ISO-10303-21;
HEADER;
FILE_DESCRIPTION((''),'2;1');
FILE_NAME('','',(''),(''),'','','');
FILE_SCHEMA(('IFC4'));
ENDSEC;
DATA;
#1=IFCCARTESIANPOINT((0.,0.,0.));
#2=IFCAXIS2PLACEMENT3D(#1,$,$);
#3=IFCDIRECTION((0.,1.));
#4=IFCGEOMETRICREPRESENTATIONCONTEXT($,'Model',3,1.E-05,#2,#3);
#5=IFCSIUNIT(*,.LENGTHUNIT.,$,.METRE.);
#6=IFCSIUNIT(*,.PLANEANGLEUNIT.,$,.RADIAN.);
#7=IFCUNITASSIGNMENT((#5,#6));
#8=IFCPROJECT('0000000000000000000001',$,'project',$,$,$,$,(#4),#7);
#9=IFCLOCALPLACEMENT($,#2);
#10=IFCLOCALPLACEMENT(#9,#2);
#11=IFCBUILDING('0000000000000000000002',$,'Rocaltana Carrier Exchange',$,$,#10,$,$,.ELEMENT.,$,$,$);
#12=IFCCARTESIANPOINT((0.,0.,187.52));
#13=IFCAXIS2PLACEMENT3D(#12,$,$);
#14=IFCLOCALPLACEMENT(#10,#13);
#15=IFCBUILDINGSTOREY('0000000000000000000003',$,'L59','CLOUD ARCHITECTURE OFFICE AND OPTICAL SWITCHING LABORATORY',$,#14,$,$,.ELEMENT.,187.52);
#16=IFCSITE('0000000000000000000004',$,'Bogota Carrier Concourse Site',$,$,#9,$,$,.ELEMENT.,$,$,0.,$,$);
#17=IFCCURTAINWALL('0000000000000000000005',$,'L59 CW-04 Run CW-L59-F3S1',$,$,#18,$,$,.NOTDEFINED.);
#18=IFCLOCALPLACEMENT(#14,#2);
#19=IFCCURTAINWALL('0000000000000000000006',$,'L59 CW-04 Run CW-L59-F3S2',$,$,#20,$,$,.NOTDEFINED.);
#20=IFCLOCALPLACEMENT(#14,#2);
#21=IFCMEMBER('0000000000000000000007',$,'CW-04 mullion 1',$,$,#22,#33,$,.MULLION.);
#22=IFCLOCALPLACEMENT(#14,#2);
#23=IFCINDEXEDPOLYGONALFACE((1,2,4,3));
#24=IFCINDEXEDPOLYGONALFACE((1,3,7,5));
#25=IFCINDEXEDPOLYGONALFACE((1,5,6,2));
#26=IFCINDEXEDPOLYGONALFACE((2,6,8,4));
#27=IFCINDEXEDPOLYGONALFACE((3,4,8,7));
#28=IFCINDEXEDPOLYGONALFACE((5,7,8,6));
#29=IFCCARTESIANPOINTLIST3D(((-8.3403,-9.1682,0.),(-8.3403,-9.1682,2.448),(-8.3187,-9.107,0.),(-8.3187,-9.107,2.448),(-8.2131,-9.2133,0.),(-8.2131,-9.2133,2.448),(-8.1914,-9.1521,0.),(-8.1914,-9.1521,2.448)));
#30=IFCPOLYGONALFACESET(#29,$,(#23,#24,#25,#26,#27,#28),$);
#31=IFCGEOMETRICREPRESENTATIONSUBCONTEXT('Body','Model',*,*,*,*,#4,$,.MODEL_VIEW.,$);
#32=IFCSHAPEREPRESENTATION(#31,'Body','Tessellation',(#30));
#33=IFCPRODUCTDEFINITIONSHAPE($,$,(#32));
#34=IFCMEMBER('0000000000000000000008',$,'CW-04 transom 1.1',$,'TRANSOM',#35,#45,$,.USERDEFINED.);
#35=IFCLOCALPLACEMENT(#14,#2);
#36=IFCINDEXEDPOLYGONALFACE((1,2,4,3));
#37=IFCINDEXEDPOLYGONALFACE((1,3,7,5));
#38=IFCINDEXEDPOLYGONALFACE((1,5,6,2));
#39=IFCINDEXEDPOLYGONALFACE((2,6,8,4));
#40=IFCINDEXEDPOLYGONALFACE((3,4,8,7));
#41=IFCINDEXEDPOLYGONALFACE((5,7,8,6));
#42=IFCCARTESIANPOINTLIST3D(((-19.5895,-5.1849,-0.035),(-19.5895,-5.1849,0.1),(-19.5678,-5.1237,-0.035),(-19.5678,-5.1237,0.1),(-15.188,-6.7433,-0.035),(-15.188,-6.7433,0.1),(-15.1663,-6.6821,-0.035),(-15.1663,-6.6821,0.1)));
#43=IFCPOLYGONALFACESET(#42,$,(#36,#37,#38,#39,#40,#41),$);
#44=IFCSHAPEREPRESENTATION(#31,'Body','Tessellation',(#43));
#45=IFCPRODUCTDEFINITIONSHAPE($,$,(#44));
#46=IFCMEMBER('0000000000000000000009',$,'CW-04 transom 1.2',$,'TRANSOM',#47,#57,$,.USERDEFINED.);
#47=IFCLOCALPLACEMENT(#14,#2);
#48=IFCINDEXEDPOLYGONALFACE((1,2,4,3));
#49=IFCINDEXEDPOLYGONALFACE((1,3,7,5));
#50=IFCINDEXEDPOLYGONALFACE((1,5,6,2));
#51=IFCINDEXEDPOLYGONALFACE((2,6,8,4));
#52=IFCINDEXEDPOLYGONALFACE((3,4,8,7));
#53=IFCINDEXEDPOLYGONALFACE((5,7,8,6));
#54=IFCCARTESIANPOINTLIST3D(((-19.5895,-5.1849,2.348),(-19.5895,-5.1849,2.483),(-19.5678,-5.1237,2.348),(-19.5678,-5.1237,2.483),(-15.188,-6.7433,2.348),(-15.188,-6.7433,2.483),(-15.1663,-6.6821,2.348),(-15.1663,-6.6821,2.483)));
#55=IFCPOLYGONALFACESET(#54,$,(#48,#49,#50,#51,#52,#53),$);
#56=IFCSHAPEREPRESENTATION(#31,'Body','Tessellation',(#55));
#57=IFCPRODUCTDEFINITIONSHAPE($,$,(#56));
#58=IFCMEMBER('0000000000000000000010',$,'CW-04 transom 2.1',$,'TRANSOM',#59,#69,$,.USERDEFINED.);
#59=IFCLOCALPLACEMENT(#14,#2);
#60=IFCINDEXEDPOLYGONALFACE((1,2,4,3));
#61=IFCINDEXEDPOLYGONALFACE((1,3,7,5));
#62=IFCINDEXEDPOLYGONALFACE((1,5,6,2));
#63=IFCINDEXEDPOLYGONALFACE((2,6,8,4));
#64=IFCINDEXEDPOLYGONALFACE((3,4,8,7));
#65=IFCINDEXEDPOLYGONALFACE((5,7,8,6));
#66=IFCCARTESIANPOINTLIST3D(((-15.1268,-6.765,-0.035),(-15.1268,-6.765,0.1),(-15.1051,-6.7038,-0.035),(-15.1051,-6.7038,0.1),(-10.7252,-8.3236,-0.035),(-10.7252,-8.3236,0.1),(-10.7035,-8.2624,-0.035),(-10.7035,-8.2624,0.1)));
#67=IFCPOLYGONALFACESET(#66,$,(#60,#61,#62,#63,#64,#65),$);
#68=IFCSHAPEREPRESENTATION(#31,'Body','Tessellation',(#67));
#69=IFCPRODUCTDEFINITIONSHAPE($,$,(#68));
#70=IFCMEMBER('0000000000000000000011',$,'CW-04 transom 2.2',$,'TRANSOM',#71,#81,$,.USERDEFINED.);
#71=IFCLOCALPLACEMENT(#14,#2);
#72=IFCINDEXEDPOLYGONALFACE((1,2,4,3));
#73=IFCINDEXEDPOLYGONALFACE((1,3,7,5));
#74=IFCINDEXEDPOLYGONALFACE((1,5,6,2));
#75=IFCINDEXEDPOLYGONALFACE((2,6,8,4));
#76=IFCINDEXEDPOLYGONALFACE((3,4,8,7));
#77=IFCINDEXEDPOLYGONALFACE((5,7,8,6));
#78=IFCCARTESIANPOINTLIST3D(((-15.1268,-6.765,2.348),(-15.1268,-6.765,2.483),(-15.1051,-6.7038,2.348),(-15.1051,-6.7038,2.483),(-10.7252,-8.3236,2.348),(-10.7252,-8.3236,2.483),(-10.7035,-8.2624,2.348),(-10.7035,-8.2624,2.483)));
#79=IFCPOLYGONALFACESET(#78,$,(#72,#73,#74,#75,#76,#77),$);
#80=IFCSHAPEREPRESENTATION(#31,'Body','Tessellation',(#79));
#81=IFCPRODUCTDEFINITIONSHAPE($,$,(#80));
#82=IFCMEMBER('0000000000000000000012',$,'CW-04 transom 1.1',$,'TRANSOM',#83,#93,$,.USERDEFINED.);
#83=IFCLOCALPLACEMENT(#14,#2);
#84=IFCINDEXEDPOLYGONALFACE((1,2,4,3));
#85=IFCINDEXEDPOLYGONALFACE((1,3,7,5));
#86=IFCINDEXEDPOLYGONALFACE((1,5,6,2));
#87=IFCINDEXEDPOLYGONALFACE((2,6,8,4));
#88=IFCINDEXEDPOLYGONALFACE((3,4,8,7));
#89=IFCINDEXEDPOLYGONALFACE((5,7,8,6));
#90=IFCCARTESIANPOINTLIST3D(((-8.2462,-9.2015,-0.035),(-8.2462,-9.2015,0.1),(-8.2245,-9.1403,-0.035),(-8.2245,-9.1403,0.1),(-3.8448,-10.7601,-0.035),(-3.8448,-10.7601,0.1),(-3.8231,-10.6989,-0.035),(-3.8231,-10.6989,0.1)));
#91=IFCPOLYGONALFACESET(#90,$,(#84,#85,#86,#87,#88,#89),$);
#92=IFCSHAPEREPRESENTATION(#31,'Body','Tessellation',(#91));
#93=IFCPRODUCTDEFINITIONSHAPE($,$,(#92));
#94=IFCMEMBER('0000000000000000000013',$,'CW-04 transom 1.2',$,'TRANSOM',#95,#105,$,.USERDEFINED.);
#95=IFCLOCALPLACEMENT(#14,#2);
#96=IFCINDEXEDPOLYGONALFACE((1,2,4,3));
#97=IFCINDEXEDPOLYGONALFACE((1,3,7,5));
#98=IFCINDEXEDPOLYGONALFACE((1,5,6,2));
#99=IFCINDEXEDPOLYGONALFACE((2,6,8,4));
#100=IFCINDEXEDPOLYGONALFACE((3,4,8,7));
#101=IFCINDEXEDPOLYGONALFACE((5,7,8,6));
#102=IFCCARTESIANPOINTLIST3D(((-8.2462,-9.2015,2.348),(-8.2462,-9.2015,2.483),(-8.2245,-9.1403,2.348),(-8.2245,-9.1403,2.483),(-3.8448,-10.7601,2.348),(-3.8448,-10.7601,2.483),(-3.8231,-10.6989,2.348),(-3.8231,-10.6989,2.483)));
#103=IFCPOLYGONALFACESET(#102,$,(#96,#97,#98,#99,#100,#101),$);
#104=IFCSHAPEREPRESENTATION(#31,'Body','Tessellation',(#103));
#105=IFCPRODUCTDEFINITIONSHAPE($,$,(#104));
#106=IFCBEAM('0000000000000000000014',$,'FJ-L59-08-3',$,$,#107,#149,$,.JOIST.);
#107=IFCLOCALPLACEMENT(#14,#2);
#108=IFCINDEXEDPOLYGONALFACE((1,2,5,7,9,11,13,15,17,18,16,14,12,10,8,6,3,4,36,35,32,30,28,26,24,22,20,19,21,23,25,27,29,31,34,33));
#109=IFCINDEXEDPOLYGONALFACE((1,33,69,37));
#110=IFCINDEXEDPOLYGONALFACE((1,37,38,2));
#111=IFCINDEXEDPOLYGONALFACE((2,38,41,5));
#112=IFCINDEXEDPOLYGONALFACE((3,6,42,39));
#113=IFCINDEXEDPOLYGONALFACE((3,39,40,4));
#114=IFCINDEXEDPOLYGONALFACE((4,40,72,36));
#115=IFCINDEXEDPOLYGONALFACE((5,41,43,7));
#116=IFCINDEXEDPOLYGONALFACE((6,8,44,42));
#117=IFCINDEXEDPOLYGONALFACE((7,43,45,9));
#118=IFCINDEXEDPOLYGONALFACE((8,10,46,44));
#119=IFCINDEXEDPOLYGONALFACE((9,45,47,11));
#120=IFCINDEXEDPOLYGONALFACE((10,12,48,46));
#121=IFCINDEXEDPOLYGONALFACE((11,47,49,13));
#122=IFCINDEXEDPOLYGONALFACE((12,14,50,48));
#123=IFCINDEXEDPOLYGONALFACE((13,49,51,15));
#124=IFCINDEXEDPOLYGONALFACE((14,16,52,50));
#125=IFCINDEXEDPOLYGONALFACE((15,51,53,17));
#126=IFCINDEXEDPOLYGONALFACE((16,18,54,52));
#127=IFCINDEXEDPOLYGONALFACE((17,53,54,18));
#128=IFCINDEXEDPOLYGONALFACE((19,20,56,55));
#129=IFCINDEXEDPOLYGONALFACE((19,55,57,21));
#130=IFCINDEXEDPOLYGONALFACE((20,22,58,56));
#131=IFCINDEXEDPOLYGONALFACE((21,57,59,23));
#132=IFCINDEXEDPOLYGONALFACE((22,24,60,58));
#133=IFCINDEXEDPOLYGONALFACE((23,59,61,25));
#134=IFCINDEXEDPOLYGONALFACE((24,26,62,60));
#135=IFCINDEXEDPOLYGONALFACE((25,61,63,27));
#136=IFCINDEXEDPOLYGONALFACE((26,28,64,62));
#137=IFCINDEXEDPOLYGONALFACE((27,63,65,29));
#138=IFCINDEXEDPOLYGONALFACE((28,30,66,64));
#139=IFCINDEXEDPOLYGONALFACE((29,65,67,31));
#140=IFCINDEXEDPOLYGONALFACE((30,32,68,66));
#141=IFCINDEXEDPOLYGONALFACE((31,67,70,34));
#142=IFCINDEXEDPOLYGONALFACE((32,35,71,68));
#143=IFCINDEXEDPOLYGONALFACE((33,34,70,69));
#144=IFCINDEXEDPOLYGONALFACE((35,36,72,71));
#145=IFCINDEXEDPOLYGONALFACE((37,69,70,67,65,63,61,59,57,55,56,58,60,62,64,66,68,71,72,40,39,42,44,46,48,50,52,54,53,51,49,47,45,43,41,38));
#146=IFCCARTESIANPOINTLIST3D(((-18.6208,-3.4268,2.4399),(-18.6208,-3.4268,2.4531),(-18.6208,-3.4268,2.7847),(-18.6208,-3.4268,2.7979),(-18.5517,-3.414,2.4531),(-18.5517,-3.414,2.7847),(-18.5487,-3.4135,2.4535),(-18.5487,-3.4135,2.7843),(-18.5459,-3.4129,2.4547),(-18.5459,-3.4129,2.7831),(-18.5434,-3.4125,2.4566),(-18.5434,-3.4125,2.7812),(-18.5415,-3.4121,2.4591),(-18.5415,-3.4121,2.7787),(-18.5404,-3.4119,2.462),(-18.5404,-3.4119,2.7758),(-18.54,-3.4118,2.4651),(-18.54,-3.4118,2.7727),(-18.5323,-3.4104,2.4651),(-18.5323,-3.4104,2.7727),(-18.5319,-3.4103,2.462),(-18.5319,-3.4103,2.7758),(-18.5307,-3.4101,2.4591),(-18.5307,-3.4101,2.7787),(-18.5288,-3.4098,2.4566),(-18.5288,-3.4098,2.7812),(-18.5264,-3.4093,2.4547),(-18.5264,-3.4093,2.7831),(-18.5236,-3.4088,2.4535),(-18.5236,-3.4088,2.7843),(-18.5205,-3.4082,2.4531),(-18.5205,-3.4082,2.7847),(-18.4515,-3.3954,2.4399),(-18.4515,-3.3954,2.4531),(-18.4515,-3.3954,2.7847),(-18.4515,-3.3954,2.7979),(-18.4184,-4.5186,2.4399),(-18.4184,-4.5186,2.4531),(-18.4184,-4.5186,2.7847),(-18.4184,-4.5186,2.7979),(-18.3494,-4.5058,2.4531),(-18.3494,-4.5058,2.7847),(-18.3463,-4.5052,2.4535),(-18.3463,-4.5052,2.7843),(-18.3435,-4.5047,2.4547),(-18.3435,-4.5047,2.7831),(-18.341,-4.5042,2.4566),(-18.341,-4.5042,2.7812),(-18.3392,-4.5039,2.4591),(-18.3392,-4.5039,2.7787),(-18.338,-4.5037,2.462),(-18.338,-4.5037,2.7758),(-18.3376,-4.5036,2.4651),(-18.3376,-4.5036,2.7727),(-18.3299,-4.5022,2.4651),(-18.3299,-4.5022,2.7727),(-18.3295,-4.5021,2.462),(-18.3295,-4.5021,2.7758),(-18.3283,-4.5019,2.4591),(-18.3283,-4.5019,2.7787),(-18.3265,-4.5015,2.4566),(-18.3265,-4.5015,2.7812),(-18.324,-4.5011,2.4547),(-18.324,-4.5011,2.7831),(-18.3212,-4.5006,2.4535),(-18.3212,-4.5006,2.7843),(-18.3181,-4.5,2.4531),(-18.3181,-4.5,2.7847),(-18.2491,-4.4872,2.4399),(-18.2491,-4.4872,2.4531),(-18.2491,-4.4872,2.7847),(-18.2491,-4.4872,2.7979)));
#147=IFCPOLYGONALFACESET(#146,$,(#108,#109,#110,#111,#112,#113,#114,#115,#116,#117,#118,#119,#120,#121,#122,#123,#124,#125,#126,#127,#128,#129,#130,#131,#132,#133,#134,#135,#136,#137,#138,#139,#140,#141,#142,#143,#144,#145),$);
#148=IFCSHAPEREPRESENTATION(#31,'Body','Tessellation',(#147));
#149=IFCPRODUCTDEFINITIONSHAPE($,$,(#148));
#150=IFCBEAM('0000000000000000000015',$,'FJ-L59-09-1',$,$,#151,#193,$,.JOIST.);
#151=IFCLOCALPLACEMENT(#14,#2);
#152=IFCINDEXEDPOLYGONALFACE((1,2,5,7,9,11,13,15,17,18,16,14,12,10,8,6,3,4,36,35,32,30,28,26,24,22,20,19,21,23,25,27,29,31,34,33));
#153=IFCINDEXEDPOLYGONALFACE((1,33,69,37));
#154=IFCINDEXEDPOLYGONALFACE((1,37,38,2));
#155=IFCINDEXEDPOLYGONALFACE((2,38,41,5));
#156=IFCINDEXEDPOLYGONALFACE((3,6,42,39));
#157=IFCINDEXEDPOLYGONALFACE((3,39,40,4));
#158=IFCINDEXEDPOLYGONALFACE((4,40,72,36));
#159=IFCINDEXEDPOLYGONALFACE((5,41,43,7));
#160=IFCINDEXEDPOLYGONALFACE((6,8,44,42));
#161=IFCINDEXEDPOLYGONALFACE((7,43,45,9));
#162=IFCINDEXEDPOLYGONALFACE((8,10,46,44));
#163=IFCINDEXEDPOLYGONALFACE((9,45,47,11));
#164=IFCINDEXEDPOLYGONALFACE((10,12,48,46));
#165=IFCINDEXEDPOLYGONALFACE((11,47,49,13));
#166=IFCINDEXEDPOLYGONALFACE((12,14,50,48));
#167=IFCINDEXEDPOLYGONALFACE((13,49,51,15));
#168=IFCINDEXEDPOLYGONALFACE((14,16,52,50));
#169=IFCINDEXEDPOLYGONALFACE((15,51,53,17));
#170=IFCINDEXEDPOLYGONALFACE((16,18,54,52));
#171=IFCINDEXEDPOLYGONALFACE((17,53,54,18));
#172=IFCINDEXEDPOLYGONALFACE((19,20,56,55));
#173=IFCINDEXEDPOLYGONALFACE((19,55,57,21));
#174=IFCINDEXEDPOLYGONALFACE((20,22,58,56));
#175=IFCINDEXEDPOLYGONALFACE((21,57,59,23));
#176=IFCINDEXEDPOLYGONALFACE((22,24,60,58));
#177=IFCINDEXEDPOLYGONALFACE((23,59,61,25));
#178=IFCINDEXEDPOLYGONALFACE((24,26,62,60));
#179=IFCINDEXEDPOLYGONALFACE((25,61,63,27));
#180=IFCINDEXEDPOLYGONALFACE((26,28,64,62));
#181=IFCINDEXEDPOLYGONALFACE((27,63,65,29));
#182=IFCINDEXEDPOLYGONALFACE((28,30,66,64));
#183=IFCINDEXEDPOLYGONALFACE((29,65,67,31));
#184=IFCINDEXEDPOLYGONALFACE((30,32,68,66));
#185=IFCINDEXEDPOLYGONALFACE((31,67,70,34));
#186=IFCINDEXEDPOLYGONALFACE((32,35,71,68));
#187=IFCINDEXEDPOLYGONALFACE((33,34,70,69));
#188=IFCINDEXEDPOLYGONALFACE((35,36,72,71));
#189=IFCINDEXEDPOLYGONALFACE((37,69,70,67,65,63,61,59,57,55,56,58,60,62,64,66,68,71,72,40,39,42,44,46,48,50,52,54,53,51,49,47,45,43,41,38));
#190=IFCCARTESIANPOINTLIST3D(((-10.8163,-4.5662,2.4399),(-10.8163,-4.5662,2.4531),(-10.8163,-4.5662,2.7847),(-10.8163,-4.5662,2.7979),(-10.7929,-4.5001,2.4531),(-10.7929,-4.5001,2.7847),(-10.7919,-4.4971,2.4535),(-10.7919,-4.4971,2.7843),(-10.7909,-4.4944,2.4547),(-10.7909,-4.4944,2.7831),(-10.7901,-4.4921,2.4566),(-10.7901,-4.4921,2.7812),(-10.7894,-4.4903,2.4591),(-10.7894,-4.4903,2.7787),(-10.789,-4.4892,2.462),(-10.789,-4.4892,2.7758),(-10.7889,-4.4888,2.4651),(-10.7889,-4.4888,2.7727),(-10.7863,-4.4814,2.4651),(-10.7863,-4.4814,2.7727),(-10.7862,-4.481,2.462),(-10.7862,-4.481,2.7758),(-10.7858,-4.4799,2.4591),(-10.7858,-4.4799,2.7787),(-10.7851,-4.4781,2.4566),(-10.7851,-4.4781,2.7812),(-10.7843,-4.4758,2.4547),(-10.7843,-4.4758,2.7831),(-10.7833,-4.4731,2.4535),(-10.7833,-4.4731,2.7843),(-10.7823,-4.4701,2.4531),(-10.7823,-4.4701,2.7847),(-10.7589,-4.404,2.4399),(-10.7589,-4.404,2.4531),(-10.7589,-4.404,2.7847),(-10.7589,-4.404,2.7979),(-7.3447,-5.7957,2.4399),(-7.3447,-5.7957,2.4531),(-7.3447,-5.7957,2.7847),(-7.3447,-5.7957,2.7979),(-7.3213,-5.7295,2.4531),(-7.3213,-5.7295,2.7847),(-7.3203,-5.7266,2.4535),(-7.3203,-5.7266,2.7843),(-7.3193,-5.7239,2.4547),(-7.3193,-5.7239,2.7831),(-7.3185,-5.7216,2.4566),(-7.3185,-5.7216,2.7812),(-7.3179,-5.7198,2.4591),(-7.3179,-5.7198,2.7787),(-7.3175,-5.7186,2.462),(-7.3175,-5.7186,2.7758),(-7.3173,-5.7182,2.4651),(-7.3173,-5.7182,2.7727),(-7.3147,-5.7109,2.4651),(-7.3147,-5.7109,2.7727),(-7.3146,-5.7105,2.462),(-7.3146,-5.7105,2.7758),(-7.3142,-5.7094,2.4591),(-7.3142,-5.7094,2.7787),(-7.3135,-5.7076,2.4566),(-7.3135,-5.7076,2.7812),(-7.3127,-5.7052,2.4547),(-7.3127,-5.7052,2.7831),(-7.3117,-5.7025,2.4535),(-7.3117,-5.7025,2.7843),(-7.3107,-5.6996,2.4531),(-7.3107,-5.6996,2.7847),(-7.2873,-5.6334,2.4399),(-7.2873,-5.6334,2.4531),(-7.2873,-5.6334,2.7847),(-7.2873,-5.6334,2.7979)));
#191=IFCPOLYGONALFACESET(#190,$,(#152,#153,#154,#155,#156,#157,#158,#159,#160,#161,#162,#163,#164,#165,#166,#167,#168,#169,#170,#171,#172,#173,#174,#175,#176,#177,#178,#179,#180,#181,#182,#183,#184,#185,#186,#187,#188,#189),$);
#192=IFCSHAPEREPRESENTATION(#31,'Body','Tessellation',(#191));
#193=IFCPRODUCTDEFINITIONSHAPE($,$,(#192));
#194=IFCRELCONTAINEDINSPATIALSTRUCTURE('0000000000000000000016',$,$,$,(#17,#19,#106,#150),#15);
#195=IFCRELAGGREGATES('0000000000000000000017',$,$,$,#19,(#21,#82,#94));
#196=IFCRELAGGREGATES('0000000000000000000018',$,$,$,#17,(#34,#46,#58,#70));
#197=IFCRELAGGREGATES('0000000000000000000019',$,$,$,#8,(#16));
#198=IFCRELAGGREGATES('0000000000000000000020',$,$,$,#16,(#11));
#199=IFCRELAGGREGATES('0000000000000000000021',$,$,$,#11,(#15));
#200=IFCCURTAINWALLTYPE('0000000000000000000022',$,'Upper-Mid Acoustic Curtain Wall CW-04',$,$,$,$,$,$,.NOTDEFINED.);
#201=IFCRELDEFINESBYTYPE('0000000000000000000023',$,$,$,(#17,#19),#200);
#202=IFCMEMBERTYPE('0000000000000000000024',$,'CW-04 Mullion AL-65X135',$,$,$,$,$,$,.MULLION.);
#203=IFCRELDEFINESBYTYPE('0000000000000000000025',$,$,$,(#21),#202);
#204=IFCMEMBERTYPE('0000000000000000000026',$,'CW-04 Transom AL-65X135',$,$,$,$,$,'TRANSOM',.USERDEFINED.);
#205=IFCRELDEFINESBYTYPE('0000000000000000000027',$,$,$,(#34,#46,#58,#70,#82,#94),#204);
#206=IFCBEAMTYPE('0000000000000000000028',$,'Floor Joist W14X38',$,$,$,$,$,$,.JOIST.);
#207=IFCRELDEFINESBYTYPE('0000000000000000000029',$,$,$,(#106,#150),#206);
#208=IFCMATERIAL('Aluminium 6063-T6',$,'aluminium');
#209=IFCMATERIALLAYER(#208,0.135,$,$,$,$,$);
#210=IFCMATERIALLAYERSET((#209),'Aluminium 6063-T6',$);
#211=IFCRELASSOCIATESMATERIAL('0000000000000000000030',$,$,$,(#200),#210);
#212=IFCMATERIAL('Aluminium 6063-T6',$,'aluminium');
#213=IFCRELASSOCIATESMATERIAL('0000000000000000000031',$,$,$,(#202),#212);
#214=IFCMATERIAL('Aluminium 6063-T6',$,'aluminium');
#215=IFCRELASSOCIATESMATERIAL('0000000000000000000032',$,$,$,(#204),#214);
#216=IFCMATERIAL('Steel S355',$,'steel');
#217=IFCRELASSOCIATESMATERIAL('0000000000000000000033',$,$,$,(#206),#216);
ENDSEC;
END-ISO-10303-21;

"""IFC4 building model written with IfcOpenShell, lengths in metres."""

from ifc_helpers import new_model, si_unit, direction, frame, origin, origin_2d, place, context, subcontext, project, spatial, rectangle, i_section, extrude, material, layer, layer_set, material_profile, profile_set, type_object, element, aggregate, save


model = new_model("IFC4")

# Units and contexts
model_context = context("Model", 3, precision=1e-05, world=origin(), true_north=direction((0.0, 1.0)))
body_context = subcontext(model_context, "Body", "Model", "MODEL_VIEW")
ifc_project = project(units=[si_unit("LENGTHUNIT", "METRE"), si_unit("PLANEANGLEUNIT", "RADIAN")], contexts=[model_context])

# Site, building, storey
site_placement = place(None, origin())
site = spatial("IfcSite", under=ifc_project, at=site_placement, Name="Bogota Carrier Concourse Site", CompositionType="ELEMENT", RefElevation=0.0)
building_placement = place(site_placement, origin())
building = spatial("IfcBuilding", under=site, at=building_placement, Name="Rocaltana Carrier Exchange", CompositionType="ELEMENT")
storey_placement = place(building_placement, frame((0.0, 0.0, 187.52)))
storey = spatial("IfcBuildingStorey", under=building, at=storey_placement, Name="L59", Description="CLOUD ARCHITECTURE OFFICE AND OPTICAL SWITCHING LABORATORY", CompositionType="ELEMENT", Elevation=187.52)

# Shared definitions
ifc_material_1 = material(Name="Aluminium 6063-T6", Category="aluminium")
ifc_layer_1 = layer(ifc_material_1, 0.135)
ifc_layer_set_1 = layer_set([ifc_layer_1], Name="Aluminium 6063-T6")
curtain_wall_type = type_object("IfcCurtainWallType", Name="Upper-Mid Acoustic Curtain Wall CW-04", PredefinedType="NOTDEFINED", material=ifc_layer_set_1)
ifc_material_2 = material(Name="Aluminium 6063-T6", Category="aluminium")
ifc_material_profile_1 = material_profile(ifc_material_2, rectangle(XDim=0.0649, YDim=0.135, at=origin_2d()), Name="AL-65X135")
ifc_profile_set_1 = profile_set([ifc_material_profile_1], Name="Aluminium 6063-T6")
member_type_1 = type_object("IfcMemberType", Name="CW-04 Mullion AL-65X135", PredefinedType="MULLION", material=ifc_profile_set_1)

# Curtain wall
curtain_wall_1_placement = place(storey_placement, origin())
curtain_wall_1 = element("IfcCurtainWall", 1, at=curtain_wall_1_placement, inside=storey, type_object=curtain_wall_type, Name="L59 CW-04 Run CW-L59-F3S1", PredefinedType="NOTDEFINED")

# Curtain wall, member
curtain_wall_2_placement = place(storey_placement, origin())
curtain_wall_2 = element("IfcCurtainWall", 2, at=curtain_wall_2_placement, inside=storey, type_object=curtain_wall_type, Name="L59 CW-04 Run CW-L59-F3S2", PredefinedType="NOTDEFINED")
member_1_placement = place(storey_placement, frame((-8.2659, -9.1602, 0.0), z_axis=(0.0, 0.0, 1.0), x_axis=(0.333799, 0.942644, 0.0)))
member_1 = element("IfcMember", 3, at=member_1_placement, type_object=member_type_1, Name="CW-04 mullion 1", PredefinedType="MULLION", context=body_context, shape_type="SweptSolid", body=[
    extrude(rectangle(XDim=0.0649, YDim=0.135, at=origin_2d()), origin(), (0.0, 0.0, 1.0), 2.448),
])

# Members
ifc_material_3 = material(Name="Aluminium 6063-T6", Category="aluminium")
ifc_material_profile_2 = material_profile(ifc_material_3, rectangle(XDim=0.0649, YDim=0.135, at=origin_2d()), Name="AL-65X135")
ifc_profile_set_2 = profile_set([ifc_material_profile_2], Name="Aluminium 6063-T6")
member_type_2 = type_object("IfcMemberType", Name="CW-04 Transom AL-65X135", ElementType="TRANSOM", PredefinedType="USERDEFINED", material=ifc_profile_set_2)
member_2_placement = place(storey_placement, frame((-19.5786, -5.1543, 0.0325), z_axis=(0.942659, -0.333758, 0.0), x_axis=(0.333758, 0.942659, 0.0)))
member_2 = element("IfcMember", 4, at=member_2_placement, type_object=member_type_2, Name="CW-04 transom 1.1", ObjectType="TRANSOM", PredefinedType="USERDEFINED", context=body_context, shape_type="SweptSolid", body=[
    extrude(rectangle(XDim=0.0649, YDim=0.135, at=origin_2d()), origin(), (0.0, 0.0, 1.0), 4.6692),
])
member_3_placement = place(storey_placement, frame((-19.5786, -5.1543, 2.4155), z_axis=(0.942659, -0.333758, 0.0), x_axis=(0.333758, 0.942659, 0.0)))
member_3 = element("IfcMember", 5, at=member_3_placement, type_object=member_type_2, Name="CW-04 transom 1.2", ObjectType="TRANSOM", PredefinedType="USERDEFINED", context=body_context, shape_type="SweptSolid", body=[
    extrude(rectangle(XDim=0.0649, YDim=0.135, at=origin_2d()), origin(), (0.0, 0.0, 1.0), 4.6692),
])
member_4_placement = place(storey_placement, frame((-15.116, -6.7344, 0.0325), z_axis=(0.942648, -0.333788, 0.0), x_axis=(0.333788, 0.942648, 0.0)))
member_4 = element("IfcMember", 6, at=member_4_placement, type_object=member_type_2, Name="CW-04 transom 2.1", ObjectType="TRANSOM", PredefinedType="USERDEFINED", context=body_context, shape_type="SweptSolid", body=[
    extrude(rectangle(XDim=0.0649, YDim=0.135, at=origin_2d()), origin(), (0.0, 0.0, 1.0), 4.6694),
])
member_5_placement = place(storey_placement, frame((-15.116, -6.7344, 2.4155), z_axis=(0.942648, -0.333788, 0.0), x_axis=(0.333788, 0.942648, 0.0)))
member_5 = element("IfcMember", 7, at=member_5_placement, type_object=member_type_2, Name="CW-04 transom 2.2", ObjectType="TRANSOM", PredefinedType="USERDEFINED", context=body_context, shape_type="SweptSolid", body=[
    extrude(rectangle(XDim=0.0649, YDim=0.135, at=origin_2d()), origin(), (0.0, 0.0, 1.0), 4.6694),
])
member_6_placement = place(storey_placement, frame((-8.2354, -9.1709, 0.0325), z_axis=(0.942642, -0.333805, 0.0), x_axis=(0.333805, 0.942642, 0.0)))
member_6 = element("IfcMember", 8, at=member_6_placement, type_object=member_type_2, Name="CW-04 transom 1.1", ObjectType="TRANSOM", PredefinedType="USERDEFINED", context=body_context, shape_type="SweptSolid", body=[
    extrude(rectangle(XDim=0.0649, YDim=0.135, at=origin_2d()), origin(), (0.0, 0.0, 1.0), 4.6692),
])
member_7_placement = place(storey_placement, frame((-8.2354, -9.1709, 2.4155), z_axis=(0.942642, -0.333805, 0.0), x_axis=(0.333805, 0.942642, 0.0)))
member_7 = element("IfcMember", 9, at=member_7_placement, type_object=member_type_2, Name="CW-04 transom 1.2", ObjectType="TRANSOM", PredefinedType="USERDEFINED", context=body_context, shape_type="SweptSolid", body=[
    extrude(rectangle(XDim=0.0649, YDim=0.135, at=origin_2d()), origin(), (0.0, 0.0, 1.0), 4.6692),
])
aggregate(curtain_wall_2, [member_1, member_6, member_7])

# Beams
ifc_material_4 = material(Name="Steel S355", Category="steel")
ifc_material_profile_3 = material_profile(ifc_material_4, i_section(OverallWidth=0.1721, OverallDepth=0.3579, WebThickness=0.0078, FlangeThickness=0.0132, FilletRadius=0.012, at=origin_2d()), Name="W14X38")
ifc_profile_set_3 = profile_set([ifc_material_profile_3], Name="Steel S355")
beam_type_1 = type_object("IfcBeamType", Name="Floor Joist W14X38", PredefinedType="JOIST", material=ifc_profile_set_3)
beam_1_placement = place(storey_placement, frame((-18.5361, -3.4111, 2.6189), z_axis=(0.18227, -0.983248, 0.0), x_axis=(0.983248, 0.18227, 0.0)))
element("IfcBeam", 10, at=beam_1_placement, inside=storey, type_object=beam_type_1, Name="FJ-L59-08-3", PredefinedType="JOIST", context=body_context, shape_type="SweptSolid", body=[
    extrude(i_section(OverallWidth=0.1721, OverallDepth=0.3579, WebThickness=0.0078, FlangeThickness=0.0132, FilletRadius=0.012, at=origin_2d()), origin(), (0.0, 0.0, 1.0), 1.1104),
])
beam_2_placement = place(storey_placement, frame((-10.7876, -4.4851, 2.6189), z_axis=(0.942632, -0.333832, 0.0), x_axis=(0.333832, 0.942632, 0.0)))
element("IfcBeam", 11, at=beam_2_placement, inside=storey, type_object=beam_type_1, Name="FJ-L59-09-1", PredefinedType="JOIST", context=body_context, shape_type="SweptSolid", body=[
    extrude(i_section(OverallWidth=0.1721, OverallDepth=0.3579, WebThickness=0.0078, FlangeThickness=0.0132, FilletRadius=0.012, at=origin_2d()), origin(), (0.0, 0.0, 1.0), 3.6829),
])

aggregate(curtain_wall_1, [member_2, member_3, member_4, member_5])

save(model, "model.ifc")
